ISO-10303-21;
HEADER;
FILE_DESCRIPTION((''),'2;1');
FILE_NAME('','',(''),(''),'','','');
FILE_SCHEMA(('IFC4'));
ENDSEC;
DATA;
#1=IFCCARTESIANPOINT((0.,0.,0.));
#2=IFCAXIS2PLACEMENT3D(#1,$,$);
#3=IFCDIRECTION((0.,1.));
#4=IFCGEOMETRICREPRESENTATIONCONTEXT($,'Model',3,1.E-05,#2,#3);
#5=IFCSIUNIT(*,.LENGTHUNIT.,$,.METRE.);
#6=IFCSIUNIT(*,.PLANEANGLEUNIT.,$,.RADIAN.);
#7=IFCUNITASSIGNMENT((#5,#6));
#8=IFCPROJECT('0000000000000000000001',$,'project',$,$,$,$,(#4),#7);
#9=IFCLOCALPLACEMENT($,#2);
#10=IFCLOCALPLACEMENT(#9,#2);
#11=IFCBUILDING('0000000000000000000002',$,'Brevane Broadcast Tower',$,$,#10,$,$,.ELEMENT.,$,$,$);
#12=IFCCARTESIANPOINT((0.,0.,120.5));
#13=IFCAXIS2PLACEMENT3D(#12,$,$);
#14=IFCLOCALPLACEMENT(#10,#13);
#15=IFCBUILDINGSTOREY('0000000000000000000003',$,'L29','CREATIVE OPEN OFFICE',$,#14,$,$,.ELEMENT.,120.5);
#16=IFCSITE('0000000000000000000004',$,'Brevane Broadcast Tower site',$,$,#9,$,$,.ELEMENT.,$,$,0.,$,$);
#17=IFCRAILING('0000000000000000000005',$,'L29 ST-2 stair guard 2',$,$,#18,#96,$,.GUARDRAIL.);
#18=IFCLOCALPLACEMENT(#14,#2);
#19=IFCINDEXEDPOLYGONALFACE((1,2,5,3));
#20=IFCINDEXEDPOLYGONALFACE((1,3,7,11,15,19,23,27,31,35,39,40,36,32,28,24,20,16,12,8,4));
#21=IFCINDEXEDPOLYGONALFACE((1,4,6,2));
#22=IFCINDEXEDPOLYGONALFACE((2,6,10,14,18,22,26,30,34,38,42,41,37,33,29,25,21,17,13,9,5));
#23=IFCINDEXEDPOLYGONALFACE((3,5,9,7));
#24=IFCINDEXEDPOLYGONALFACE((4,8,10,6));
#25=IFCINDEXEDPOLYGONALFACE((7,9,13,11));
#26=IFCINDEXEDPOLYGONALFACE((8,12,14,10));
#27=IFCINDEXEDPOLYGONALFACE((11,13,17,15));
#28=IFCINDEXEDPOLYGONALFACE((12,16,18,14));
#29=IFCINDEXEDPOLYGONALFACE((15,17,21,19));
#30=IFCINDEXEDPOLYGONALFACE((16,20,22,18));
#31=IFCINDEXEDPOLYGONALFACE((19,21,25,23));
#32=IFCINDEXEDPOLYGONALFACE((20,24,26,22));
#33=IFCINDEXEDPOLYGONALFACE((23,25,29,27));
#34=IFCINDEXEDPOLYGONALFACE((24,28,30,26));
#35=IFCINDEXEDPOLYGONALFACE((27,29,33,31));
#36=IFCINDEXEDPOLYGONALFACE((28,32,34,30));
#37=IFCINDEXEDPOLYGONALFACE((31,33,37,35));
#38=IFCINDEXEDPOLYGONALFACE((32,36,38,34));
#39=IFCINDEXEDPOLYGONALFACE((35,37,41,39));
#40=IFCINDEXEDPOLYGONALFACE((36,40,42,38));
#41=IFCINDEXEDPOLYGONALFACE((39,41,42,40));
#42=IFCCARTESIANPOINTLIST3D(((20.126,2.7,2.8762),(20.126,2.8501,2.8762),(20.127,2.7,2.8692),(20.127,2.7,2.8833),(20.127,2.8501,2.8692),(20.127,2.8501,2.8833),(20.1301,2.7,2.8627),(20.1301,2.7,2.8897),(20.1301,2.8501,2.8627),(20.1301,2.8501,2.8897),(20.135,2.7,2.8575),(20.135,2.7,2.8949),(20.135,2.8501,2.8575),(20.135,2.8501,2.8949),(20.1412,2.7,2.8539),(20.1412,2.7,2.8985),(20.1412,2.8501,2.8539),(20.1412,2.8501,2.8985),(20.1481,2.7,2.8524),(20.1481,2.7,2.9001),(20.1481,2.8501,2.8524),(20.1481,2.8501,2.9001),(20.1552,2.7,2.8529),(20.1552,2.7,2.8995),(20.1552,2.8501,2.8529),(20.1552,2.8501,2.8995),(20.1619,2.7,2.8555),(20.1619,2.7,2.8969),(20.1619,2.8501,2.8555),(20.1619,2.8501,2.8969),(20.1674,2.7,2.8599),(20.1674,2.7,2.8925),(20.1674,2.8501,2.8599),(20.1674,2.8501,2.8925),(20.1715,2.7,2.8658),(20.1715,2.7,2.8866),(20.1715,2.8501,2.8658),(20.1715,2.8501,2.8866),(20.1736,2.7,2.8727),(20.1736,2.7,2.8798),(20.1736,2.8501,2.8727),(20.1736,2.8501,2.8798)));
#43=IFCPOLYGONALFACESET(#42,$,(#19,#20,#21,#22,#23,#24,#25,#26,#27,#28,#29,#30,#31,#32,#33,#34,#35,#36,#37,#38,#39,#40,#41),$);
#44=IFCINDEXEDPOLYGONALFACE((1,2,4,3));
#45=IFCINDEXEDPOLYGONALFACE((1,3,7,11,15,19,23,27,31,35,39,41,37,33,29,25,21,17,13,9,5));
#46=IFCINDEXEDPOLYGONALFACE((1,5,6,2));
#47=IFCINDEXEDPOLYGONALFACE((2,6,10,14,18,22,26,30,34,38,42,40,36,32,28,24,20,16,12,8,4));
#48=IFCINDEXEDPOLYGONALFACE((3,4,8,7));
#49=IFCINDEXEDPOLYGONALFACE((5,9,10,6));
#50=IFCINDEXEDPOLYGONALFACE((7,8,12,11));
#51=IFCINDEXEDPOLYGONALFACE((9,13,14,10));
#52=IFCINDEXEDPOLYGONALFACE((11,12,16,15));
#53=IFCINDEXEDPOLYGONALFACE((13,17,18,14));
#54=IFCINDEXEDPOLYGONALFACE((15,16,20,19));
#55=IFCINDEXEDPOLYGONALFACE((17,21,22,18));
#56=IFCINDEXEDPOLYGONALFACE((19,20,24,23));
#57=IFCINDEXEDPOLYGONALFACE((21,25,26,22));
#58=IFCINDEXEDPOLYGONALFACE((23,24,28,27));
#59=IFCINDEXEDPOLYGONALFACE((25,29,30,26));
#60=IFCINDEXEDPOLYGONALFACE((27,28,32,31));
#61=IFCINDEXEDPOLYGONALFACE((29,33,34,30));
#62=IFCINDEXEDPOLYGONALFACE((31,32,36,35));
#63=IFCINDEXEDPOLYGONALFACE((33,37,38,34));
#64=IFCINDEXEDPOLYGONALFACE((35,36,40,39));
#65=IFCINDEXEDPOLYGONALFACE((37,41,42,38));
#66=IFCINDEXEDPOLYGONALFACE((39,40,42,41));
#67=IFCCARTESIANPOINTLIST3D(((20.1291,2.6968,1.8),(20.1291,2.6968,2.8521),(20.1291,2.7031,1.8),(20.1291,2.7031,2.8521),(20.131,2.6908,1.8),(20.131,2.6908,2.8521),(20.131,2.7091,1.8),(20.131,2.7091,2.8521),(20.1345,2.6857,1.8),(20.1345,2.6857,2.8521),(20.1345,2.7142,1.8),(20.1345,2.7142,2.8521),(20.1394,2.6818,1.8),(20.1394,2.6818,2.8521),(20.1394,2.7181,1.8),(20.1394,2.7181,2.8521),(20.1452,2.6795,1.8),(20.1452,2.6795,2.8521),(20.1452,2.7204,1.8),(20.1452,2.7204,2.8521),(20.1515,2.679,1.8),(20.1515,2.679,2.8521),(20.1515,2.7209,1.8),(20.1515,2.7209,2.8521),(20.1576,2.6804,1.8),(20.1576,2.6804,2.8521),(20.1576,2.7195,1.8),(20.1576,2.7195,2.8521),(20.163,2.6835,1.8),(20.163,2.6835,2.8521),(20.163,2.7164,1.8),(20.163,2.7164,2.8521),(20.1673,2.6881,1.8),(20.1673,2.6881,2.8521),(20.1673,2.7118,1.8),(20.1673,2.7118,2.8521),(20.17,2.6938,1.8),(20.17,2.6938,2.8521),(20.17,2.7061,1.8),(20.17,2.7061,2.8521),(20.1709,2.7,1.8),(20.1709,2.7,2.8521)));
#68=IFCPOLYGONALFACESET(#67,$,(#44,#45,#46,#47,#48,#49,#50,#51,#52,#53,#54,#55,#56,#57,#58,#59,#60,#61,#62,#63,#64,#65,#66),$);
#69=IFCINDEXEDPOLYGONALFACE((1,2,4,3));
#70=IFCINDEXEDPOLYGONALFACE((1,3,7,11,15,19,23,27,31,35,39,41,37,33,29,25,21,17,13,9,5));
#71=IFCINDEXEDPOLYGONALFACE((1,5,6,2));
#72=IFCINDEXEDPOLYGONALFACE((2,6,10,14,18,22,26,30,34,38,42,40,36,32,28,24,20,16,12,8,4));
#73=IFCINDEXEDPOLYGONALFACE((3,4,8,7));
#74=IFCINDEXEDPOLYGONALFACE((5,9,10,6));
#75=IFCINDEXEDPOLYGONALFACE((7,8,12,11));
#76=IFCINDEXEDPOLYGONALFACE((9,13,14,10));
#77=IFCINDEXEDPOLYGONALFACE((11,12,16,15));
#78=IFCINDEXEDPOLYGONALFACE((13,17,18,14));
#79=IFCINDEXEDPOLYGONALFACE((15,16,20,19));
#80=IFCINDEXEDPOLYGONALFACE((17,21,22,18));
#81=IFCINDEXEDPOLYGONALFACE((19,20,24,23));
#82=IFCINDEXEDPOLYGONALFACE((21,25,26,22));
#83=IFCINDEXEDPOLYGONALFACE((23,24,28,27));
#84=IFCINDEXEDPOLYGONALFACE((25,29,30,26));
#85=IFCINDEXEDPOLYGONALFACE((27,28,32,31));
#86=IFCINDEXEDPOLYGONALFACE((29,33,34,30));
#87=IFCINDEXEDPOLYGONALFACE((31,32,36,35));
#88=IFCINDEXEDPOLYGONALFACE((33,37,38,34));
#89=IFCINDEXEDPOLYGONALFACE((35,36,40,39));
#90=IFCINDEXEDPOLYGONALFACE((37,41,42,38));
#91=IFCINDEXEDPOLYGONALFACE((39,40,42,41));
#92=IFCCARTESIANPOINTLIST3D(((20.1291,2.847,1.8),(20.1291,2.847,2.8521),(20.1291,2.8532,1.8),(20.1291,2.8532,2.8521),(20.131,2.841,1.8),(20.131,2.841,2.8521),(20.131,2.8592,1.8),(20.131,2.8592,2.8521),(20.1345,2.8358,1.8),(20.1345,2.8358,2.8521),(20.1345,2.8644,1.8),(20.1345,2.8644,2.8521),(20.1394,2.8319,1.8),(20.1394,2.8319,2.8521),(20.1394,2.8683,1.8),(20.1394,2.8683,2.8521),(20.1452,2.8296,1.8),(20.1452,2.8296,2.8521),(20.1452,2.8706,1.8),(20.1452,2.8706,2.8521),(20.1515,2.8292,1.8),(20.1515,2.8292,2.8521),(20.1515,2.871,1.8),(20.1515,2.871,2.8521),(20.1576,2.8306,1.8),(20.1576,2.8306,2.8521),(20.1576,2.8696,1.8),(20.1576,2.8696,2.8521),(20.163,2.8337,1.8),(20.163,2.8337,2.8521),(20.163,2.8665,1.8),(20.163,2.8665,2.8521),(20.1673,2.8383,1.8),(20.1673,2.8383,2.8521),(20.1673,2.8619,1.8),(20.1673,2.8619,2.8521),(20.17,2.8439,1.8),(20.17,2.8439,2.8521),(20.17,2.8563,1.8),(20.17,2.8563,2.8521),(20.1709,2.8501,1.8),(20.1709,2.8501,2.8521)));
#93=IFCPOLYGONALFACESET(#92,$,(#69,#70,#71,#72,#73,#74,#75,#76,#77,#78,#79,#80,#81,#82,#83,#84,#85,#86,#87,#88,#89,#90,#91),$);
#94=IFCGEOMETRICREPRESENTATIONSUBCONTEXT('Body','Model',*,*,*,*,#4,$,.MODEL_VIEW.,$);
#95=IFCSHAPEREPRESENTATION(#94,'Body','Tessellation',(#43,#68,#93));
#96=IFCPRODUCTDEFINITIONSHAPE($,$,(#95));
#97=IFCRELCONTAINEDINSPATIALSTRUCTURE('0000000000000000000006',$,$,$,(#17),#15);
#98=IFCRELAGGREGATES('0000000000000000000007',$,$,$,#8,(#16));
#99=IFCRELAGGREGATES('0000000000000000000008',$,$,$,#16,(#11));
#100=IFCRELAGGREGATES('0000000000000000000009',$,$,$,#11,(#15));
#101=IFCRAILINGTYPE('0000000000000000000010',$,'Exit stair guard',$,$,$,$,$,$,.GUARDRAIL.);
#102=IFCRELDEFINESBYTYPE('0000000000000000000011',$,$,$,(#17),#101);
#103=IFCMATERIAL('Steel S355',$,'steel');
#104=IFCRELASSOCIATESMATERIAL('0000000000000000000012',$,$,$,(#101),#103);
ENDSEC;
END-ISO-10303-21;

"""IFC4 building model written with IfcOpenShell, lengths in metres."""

from ifc_helpers import new_model, si_unit, direction, frame, origin, origin_2d, place, context, subcontext, project, spatial, circle, extrude, material, type_object, element, save


model = new_model("IFC4")

# Units and contexts
model_context = context("Model", 3, precision=1e-05, world=origin(), true_north=direction((0.0, 1.0)))
body_context = subcontext(model_context, "Body", "Model", "MODEL_VIEW")
ifc_project = project(units=[si_unit("LENGTHUNIT", "METRE"), si_unit("PLANEANGLEUNIT", "RADIAN")], contexts=[model_context])

# Site, building, storey
site_placement = place(None, origin())
site = spatial("IfcSite", under=ifc_project, at=site_placement, Name="Brevane Broadcast Tower site", CompositionType="ELEMENT", RefElevation=0.0)
building_placement = place(site_placement, origin())
building = spatial("IfcBuilding", under=site, at=building_placement, Name="Brevane Broadcast Tower", CompositionType="ELEMENT")
storey_placement = place(building_placement, frame((0.0, 0.0, 120.5)))
storey = spatial("IfcBuildingStorey", under=building, at=storey_placement, Name="L29", Description="CREATIVE OPEN OFFICE", CompositionType="ELEMENT", Elevation=120.5)

# Railing
ifc_material_1 = material(Name="Steel S355", Category="steel")
railing_type_1 = type_object("IfcRailingType", Name="Exit stair guard", PredefinedType="GUARDRAIL", material=ifc_material_1)
railing_1_placement = place(storey_placement, frame((20.1499, 2.7, 1.8)))
element("IfcRailing", 1, at=railing_1_placement, inside=storey, type_object=railing_type_1, Name="L29 ST-2 stair guard 2", PredefinedType="GUARDRAIL", context=body_context, shape_type="SweptSolid", body=[
    extrude(circle(Radius=0.0239, at=origin_2d()), frame((0.0, 0.0, 1.0762), z_axis=(0.0, 1.0, 0.0), x_axis=(-1.0, 0.0, 0.0)), (0.0, 0.0, 1.0), 0.1501),
    extrude(circle(Radius=0.021, at=origin_2d()), origin(), (0.0, 0.0, 1.0), 1.052),
    extrude(circle(Radius=0.021, at=origin_2d()), frame((0.0, 0.1501, 0.0)), (0.0, 0.0, 1.0), 1.052),
])

save(model, "model.ifc")
